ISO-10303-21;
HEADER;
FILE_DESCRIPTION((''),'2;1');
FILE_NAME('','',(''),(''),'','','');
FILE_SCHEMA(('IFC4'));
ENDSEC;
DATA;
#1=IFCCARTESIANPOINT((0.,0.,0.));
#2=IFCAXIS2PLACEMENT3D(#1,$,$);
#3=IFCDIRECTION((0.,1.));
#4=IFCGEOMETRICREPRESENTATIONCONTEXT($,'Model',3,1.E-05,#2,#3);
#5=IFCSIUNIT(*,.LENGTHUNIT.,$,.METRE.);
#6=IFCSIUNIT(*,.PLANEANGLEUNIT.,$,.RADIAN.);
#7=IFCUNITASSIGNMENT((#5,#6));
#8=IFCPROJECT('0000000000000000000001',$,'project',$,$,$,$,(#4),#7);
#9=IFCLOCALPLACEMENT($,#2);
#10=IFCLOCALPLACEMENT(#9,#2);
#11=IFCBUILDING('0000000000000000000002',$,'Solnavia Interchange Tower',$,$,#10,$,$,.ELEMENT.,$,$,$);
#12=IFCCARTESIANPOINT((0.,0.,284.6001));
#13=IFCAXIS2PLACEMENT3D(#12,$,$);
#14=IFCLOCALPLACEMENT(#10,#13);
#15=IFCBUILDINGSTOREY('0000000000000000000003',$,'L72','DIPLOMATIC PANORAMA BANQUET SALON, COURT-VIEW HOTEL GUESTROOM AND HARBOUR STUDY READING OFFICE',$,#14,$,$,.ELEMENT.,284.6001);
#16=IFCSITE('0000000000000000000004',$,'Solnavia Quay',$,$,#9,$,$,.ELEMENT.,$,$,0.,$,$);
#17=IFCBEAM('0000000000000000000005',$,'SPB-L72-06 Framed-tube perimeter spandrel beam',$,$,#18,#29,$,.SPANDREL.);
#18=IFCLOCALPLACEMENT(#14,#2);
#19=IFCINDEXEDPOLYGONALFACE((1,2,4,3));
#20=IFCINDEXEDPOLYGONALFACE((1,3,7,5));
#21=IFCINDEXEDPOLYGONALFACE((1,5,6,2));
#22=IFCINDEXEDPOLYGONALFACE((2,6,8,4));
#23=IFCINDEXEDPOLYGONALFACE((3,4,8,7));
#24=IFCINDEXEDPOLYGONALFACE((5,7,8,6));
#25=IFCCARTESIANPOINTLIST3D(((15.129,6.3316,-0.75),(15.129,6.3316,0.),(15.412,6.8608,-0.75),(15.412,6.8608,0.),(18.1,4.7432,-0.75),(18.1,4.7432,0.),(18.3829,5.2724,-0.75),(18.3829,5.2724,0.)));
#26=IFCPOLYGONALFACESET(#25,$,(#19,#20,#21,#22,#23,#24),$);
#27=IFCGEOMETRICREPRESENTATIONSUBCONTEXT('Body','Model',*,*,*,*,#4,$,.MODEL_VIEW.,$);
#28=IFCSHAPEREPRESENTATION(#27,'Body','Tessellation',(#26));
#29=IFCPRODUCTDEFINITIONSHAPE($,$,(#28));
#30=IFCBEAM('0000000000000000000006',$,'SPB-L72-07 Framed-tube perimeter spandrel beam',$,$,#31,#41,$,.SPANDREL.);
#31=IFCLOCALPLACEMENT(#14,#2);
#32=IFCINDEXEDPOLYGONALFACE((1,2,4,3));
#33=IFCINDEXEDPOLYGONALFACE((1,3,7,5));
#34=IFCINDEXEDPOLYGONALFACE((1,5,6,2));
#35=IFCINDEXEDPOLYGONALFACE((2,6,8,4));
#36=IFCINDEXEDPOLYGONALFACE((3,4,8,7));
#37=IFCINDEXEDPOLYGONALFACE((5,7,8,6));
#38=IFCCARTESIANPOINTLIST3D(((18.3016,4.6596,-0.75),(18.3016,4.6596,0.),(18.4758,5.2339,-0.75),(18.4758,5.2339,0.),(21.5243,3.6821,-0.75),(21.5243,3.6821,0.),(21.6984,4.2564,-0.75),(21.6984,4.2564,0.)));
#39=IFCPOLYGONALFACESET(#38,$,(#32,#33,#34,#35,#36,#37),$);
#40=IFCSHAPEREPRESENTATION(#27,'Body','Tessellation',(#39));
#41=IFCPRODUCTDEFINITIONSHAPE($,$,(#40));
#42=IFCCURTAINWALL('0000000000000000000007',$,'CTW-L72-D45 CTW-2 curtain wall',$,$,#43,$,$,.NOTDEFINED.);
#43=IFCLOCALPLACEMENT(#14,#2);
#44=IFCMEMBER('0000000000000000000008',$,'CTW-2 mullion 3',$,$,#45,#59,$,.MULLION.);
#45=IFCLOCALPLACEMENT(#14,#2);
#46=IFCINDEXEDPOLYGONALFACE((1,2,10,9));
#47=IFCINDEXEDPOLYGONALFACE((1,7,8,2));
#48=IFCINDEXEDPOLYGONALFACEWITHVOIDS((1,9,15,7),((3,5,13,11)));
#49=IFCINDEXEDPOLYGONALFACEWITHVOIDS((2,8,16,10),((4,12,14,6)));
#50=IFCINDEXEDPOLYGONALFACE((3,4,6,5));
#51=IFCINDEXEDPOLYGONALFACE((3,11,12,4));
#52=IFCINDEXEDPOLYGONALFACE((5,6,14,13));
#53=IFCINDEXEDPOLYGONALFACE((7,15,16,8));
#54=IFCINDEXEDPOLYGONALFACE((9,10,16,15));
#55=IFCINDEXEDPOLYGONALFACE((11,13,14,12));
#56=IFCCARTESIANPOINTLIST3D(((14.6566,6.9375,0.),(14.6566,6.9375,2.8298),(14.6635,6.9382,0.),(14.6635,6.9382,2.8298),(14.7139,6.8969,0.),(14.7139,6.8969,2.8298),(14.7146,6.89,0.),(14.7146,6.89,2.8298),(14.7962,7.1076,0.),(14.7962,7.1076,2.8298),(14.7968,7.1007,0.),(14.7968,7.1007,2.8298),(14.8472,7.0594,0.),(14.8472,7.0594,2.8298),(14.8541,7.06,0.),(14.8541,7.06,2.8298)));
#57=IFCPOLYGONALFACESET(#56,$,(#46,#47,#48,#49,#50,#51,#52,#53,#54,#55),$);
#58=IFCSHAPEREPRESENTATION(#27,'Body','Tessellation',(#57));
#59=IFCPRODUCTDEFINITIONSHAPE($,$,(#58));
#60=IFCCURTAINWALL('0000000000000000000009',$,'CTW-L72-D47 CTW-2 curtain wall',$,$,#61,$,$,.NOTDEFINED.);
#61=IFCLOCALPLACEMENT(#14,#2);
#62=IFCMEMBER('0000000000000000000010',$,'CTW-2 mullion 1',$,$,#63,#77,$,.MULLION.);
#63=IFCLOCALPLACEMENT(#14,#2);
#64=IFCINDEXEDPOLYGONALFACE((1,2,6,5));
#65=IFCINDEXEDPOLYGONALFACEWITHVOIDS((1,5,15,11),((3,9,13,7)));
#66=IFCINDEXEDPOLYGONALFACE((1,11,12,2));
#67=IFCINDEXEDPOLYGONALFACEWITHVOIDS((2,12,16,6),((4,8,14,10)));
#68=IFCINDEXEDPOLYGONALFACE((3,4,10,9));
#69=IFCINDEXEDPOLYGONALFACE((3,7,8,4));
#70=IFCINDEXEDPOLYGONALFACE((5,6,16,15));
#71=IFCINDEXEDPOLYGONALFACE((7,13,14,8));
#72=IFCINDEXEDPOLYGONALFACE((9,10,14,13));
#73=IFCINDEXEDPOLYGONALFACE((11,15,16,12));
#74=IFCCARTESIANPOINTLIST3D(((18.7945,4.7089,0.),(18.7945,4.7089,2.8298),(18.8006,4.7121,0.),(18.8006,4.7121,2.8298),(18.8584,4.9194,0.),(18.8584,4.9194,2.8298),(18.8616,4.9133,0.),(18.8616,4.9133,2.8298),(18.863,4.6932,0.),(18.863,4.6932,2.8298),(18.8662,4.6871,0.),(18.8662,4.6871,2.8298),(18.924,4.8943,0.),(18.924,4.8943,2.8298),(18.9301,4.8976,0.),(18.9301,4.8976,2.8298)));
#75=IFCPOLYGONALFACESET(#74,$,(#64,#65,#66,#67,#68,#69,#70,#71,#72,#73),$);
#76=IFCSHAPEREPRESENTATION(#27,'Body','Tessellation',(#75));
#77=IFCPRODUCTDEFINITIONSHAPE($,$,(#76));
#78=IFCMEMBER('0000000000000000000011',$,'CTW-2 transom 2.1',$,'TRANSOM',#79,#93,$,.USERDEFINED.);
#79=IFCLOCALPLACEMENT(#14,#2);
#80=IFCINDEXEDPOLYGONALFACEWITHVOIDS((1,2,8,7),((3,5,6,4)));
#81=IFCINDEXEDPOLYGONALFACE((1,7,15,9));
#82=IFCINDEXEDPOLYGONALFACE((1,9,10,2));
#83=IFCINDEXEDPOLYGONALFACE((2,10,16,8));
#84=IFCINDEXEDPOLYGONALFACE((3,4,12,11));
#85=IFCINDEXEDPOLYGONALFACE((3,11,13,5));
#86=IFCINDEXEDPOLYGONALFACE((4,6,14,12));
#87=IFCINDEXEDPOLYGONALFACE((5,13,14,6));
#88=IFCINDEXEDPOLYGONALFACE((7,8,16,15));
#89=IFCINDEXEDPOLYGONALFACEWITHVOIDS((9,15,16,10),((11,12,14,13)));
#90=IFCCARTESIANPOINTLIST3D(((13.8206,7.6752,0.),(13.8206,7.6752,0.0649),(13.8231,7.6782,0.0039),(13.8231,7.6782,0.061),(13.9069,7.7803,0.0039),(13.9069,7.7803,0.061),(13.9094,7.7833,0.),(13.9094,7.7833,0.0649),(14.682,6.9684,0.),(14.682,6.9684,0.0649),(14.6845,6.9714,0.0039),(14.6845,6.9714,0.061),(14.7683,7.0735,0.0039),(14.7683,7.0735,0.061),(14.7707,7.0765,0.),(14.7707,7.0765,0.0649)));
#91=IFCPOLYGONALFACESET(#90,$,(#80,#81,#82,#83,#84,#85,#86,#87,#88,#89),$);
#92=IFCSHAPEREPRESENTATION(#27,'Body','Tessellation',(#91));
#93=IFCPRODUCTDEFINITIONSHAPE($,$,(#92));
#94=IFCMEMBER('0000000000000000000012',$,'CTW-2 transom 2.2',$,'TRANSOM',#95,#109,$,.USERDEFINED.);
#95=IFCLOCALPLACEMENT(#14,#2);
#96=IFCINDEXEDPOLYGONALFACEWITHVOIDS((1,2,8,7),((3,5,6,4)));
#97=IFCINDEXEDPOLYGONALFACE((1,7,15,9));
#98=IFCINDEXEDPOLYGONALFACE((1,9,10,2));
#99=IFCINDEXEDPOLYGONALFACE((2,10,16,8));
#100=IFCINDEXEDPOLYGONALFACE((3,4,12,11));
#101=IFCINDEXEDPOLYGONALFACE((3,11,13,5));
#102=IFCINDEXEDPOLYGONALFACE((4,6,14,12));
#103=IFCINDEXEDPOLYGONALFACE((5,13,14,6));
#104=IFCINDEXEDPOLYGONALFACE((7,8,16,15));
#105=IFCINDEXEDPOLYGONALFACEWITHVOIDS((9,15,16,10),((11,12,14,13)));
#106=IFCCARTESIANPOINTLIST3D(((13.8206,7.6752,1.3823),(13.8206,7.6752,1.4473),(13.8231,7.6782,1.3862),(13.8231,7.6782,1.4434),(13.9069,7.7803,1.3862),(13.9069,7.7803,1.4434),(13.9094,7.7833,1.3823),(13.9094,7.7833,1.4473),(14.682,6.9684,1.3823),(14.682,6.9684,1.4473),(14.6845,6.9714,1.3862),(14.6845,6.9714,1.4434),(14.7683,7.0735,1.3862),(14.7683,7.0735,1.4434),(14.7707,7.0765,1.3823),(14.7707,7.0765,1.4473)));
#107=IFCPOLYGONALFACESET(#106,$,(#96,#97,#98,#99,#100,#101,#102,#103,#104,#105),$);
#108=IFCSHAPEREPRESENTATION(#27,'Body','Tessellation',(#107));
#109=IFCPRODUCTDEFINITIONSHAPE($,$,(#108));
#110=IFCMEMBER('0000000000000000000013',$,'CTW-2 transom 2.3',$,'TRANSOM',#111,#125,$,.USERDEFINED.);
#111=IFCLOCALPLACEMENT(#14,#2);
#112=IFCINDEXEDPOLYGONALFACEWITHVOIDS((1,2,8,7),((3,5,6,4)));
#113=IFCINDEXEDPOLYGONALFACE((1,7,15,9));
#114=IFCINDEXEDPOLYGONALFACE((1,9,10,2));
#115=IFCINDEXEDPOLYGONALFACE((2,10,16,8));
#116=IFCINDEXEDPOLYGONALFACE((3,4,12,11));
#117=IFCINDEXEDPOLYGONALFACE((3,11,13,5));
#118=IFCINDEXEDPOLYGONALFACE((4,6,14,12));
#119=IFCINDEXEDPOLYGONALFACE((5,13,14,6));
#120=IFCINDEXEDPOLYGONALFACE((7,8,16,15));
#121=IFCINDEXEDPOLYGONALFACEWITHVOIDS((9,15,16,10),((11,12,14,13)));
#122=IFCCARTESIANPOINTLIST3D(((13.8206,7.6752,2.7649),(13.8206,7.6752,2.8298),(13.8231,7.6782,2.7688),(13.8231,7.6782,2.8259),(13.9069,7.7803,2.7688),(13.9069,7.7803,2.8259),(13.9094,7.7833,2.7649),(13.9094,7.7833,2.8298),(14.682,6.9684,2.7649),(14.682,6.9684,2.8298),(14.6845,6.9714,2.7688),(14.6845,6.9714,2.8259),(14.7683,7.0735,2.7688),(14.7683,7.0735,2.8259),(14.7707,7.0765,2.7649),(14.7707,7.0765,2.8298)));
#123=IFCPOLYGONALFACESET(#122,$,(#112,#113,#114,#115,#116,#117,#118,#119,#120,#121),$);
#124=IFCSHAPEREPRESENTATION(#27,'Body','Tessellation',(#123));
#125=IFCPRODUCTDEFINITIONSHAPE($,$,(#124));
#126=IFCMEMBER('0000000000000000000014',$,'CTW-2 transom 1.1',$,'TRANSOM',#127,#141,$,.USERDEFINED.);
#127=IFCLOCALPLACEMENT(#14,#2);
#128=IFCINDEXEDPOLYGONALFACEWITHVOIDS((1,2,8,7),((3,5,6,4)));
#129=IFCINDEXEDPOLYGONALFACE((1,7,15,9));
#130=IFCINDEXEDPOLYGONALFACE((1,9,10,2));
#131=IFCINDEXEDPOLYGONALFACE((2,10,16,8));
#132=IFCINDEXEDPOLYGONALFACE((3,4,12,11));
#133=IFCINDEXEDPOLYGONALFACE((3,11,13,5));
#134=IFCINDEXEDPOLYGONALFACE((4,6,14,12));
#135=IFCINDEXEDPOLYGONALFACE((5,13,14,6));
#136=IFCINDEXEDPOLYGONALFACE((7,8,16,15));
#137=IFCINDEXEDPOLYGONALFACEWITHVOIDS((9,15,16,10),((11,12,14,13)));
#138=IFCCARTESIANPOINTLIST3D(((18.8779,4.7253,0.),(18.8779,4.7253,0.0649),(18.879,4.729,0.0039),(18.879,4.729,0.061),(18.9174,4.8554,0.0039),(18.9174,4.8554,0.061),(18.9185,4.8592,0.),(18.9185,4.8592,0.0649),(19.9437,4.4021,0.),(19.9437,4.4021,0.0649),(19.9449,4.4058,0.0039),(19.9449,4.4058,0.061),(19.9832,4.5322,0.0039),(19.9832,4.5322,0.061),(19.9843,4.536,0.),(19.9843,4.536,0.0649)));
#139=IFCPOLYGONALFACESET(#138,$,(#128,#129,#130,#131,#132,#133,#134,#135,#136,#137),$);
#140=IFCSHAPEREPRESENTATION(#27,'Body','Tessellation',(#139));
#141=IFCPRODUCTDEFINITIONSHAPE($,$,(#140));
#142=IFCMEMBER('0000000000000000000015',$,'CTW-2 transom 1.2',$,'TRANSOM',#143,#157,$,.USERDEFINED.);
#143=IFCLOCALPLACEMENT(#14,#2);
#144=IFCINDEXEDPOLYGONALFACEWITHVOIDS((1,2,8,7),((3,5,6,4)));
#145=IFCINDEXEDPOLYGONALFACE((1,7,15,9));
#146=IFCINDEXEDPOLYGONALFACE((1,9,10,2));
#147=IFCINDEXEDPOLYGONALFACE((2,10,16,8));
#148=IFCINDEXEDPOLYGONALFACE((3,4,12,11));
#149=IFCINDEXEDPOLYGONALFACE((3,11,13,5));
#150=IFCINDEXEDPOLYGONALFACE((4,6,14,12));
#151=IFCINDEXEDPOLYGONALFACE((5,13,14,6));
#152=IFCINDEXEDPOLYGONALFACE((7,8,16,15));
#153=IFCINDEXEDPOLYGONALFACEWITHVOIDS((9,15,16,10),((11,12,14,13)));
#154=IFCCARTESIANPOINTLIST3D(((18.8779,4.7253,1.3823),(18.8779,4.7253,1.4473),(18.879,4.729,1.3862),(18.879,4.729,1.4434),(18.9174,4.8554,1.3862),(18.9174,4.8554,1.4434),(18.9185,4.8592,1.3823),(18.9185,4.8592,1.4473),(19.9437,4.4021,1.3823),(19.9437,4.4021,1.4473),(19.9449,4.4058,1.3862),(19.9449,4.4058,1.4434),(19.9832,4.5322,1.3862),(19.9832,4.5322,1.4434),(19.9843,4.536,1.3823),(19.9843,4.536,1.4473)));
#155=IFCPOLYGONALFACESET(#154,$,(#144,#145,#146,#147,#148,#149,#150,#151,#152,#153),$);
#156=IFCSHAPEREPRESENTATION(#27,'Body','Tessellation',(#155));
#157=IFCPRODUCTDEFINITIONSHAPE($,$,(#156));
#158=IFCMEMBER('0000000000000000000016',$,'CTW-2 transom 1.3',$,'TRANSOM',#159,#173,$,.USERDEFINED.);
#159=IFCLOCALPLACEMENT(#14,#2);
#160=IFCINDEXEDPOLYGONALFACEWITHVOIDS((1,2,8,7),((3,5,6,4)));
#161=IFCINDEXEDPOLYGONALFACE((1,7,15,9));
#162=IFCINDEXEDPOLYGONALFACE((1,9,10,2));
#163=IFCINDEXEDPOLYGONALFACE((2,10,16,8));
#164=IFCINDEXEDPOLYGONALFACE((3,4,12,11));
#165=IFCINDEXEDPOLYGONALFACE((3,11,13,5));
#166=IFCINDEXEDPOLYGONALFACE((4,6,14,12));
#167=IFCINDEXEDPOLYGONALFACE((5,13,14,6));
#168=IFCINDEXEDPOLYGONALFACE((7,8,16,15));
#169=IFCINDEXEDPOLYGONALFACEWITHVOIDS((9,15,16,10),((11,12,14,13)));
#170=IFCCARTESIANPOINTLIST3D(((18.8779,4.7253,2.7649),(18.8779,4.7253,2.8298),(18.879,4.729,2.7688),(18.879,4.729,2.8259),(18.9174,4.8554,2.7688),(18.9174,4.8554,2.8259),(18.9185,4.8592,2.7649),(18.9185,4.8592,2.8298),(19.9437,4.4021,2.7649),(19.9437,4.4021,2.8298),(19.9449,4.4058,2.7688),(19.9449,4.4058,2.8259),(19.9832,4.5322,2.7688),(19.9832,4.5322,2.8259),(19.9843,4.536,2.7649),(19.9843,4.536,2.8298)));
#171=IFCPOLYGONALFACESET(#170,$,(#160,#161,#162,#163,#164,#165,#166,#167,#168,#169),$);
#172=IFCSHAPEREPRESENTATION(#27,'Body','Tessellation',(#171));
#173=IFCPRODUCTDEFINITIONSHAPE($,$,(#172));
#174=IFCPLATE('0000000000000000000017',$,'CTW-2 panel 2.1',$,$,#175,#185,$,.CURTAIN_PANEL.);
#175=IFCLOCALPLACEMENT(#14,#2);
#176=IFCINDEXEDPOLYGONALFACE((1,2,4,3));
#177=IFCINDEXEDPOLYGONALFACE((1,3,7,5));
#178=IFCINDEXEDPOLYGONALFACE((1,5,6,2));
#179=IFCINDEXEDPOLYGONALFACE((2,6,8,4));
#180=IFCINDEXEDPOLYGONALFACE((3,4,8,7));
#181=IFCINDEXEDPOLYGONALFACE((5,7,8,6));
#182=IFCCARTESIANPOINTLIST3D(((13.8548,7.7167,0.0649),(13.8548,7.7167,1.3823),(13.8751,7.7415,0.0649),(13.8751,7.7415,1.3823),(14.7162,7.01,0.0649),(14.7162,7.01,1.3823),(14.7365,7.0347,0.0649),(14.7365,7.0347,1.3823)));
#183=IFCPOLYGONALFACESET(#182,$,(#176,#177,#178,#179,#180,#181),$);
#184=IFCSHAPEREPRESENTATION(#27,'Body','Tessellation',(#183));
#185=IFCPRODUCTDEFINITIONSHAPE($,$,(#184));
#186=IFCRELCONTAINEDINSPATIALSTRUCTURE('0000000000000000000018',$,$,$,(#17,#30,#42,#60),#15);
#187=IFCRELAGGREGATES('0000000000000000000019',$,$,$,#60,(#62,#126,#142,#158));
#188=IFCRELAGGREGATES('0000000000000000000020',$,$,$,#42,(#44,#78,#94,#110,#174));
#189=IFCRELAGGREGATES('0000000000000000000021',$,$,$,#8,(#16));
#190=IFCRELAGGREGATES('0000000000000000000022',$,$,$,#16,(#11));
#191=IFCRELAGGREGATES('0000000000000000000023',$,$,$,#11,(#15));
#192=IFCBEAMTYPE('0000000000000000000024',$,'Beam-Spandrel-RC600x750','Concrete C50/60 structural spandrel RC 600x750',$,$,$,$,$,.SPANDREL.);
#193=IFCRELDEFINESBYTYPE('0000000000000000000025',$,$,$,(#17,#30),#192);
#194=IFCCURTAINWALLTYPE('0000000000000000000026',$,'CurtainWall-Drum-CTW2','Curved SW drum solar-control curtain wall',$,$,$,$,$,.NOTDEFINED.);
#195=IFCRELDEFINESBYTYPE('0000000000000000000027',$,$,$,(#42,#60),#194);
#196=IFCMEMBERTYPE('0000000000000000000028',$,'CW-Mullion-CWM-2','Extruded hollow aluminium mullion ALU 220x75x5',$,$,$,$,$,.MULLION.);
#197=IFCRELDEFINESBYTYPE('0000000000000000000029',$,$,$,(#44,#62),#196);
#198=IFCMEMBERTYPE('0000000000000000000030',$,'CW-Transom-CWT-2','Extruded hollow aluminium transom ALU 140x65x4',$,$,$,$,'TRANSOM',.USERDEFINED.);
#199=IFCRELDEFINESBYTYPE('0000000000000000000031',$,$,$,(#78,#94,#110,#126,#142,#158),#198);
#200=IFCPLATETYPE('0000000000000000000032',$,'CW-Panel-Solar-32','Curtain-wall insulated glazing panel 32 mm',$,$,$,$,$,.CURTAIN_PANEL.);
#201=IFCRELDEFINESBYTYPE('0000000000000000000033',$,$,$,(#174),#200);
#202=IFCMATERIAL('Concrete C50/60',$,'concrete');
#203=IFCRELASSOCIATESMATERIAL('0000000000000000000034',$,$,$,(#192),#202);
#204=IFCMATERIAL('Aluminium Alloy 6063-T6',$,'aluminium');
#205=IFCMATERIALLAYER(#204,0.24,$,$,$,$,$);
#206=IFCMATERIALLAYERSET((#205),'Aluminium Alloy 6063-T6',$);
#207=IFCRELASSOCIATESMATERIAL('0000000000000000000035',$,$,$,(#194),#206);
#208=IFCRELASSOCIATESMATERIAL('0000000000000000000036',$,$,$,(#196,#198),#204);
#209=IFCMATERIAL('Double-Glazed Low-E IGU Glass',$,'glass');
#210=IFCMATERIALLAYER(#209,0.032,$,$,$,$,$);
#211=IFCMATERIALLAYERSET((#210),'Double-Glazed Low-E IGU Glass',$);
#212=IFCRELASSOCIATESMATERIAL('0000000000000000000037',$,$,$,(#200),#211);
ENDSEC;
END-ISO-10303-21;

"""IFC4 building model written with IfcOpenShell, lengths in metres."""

from ifc_helpers import new_model, si_unit, direction, frame, origin, origin_2d, place, context, subcontext, project, spatial, rectangle, hollow_rectangle, extrude, material, layer, layer_set, material_profile, profile_set, type_object, element, aggregate, save


model = new_model("IFC4")

# Units and contexts
model_context = context("Model", 3, precision=1e-05, world=origin(), true_north=direction((0.0, 1.0)))
body_context = subcontext(model_context, "Body", "Model", "MODEL_VIEW")
ifc_project = project(units=[si_unit("LENGTHUNIT", "METRE"), si_unit("PLANEANGLEUNIT", "RADIAN")], contexts=[model_context])

# Site, building, storey
site_placement = place(None, origin())
site = spatial("IfcSite", under=ifc_project, at=site_placement, Name="Solnavia Quay", CompositionType="ELEMENT", RefElevation=0.0)
building_placement = place(site_placement, origin())
building = spatial("IfcBuilding", under=site, at=building_placement, Name="Solnavia Interchange Tower", CompositionType="ELEMENT")
storey_placement = place(building_placement, frame((0.0, 0.0, 284.6001)))
storey = spatial("IfcBuildingStorey", under=building, at=storey_placement, Name="L72", Description="DIPLOMATIC PANORAMA BANQUET SALON, COURT-VIEW HOTEL GUESTROOM AND HARBOUR STUDY READING OFFICE", CompositionType="ELEMENT", Elevation=284.6001)

# Shared definitions
ifc_material_1 = material(Name="Concrete C50/60", Category="concrete")

# Beams
ifc_material_profile_1 = material_profile(ifc_material_1, rectangle(XDim=0.6001, YDim=0.75, at=origin_2d()), Name="RC 600x750")
ifc_profile_set_1 = profile_set([ifc_material_profile_1], Name="Concrete C50/60")
beam_type_1 = type_object("IfcBeamType", Name="Beam-Spandrel-RC600x750", Description="Concrete C50/60 structural spandrel RC 600x750", PredefinedType="SPANDREL", material=ifc_profile_set_1)
beam_1_placement = place(storey_placement, frame((15.2705, 6.5962, -0.375), z_axis=(0.881875, -0.471483, 0.0), x_axis=(0.471483, 0.881875, 0.0)))
element("IfcBeam", 1, at=beam_1_placement, inside=storey, type_object=beam_type_1, Name="SPB-L72-06 Framed-tube perimeter spandrel beam", PredefinedType="SPANDREL", context=body_context, shape_type="SweptSolid", body=[
    extrude(rectangle(XDim=0.6001, YDim=0.75, at=origin_2d()), origin(), (0.0, 0.0, 1.0), 3.3689),
])
beam_2_placement = place(storey_placement, frame((18.3887, 4.9468, -0.375), z_axis=(0.956944, -0.290273, 0.0), x_axis=(0.290273, 0.956944, 0.0)))
element("IfcBeam", 2, at=beam_2_placement, inside=storey, type_object=beam_type_1, Name="SPB-L72-07 Framed-tube perimeter spandrel beam", PredefinedType="SPANDREL", context=body_context, shape_type="SweptSolid", body=[
    extrude(rectangle(XDim=0.6001, YDim=0.75, at=origin_2d()), origin(), (0.0, 0.0, 1.0), 3.3677),
])

# Curtain walls, members
ifc_material_2 = material(Name="Aluminium Alloy 6063-T6", Category="aluminium")
ifc_layer_1 = layer(ifc_material_2, 0.24)
ifc_layer_set_1 = layer_set([ifc_layer_1], Name="Aluminium Alloy 6063-T6")
curtain_wall_type = type_object("IfcCurtainWallType", Name="CurtainWall-Drum-CTW2", Description="Curved SW drum solar-control curtain wall", PredefinedType="NOTDEFINED", material=ifc_layer_set_1)
curtain_wall_1_placement = place(storey_placement, origin())
curtain_wall_1 = element("IfcCurtainWall", 3, at=curtain_wall_1_placement, inside=storey, type_object=curtain_wall_type, Name="CTW-L72-D45 CTW-2 curtain wall", PredefinedType="NOTDEFINED")
ifc_material_profile_2 = material_profile(ifc_material_2, hollow_rectangle(XDim=0.075, YDim=0.22, WallThickness=0.0049, at=origin_2d()), Name="ALU 220x75x5")
ifc_profile_set_2 = profile_set([ifc_material_profile_2], Name="Aluminium Alloy 6063-T6")
member_type_1 = type_object("IfcMemberType", Name="CW-Mullion-CWM-2", Description="Extruded hollow aluminium mullion ALU 220x75x5", PredefinedType="MULLION", material=ifc_profile_set_2)
member_1_placement = place(storey_placement, frame((14.7554, 6.9988, 0.0), z_axis=(0.0, 0.0, 1.0), x_axis=(0.773103, -0.63428, 0.0)))
member_1 = element("IfcMember", 4, at=member_1_placement, type_object=member_type_1, Name="CTW-2 mullion 3", PredefinedType="MULLION", context=body_context, shape_type="SweptSolid", body=[
    extrude(hollow_rectangle(XDim=0.075, YDim=0.22, WallThickness=0.0049, at=origin_2d()), origin(), (0.0, 0.0, 1.0), 2.8298),
])
curtain_wall_2_placement = place(storey_placement, origin())
curtain_wall_2 = element("IfcCurtainWall", 5, at=curtain_wall_2_placement, inside=storey, type_object=curtain_wall_type, Name="CTW-L72-D47 CTW-2 curtain wall", PredefinedType="NOTDEFINED")
member_2_placement = place(storey_placement, frame((18.8623, 4.8032, 0.0), z_axis=(0.0, 0.0, 1.0), x_axis=(0.956942, -0.290279, 0.0)))
member_2 = element("IfcMember", 6, at=member_2_placement, type_object=member_type_1, Name="CTW-2 mullion 1", PredefinedType="MULLION", context=body_context, shape_type="SweptSolid", body=[
    extrude(hollow_rectangle(XDim=0.075, YDim=0.22, WallThickness=0.0049, at=origin_2d()), origin(), (0.0, 0.0, 1.0), 2.8298),
])

# Members
ifc_material_profile_3 = material_profile(ifc_material_2, hollow_rectangle(XDim=0.0649, YDim=0.1399, WallThickness=0.0039, at=origin_2d()), Name="ALU 140x65x4")
ifc_profile_set_3 = profile_set([ifc_material_profile_3], Name="Aluminium Alloy 6063-T6")
member_type_2 = type_object("IfcMemberType", Name="CW-Transom-CWT-2", Description="Extruded hollow aluminium transom ALU 140x65x4", ElementType="TRANSOM", PredefinedType="USERDEFINED", material=ifc_profile_set_3)
member_3_placement = place(storey_placement, frame((13.865, 7.7292, 0.0325), z_axis=(0.773049, -0.634347, 0.0), x_axis=(0.0, 0.0, 1.0)))
member_3 = element("IfcMember", 7, at=member_3_placement, type_object=member_type_2, Name="CTW-2 transom 2.1", ObjectType="TRANSOM", PredefinedType="USERDEFINED", context=body_context, shape_type="SweptSolid", body=[
    extrude(hollow_rectangle(XDim=0.0649, YDim=0.1399, WallThickness=0.0039, at=origin_2d()), origin(), (0.0, 0.0, 1.0), 1.1143),
])
member_4_placement = place(storey_placement, frame((13.865, 7.7292, 1.4148), z_axis=(0.773049, -0.634347, 0.0), x_axis=(0.0, 0.0, 1.0)))
member_4 = element("IfcMember", 8, at=member_4_placement, type_object=member_type_2, Name="CTW-2 transom 2.2", ObjectType="TRANSOM", PredefinedType="USERDEFINED", context=body_context, shape_type="SweptSolid", body=[
    extrude(hollow_rectangle(XDim=0.0649, YDim=0.1399, WallThickness=0.0039, at=origin_2d()), origin(), (0.0, 0.0, 1.0), 1.1143),
])
member_5_placement = place(storey_placement, frame((13.865, 7.7292, 2.7974), z_axis=(0.773049, -0.634347, 0.0), x_axis=(0.0, 0.0, 1.0)))
member_5 = element("IfcMember", 9, at=member_5_placement, type_object=member_type_2, Name="CTW-2 transom 2.3", ObjectType="TRANSOM", PredefinedType="USERDEFINED", context=body_context, shape_type="SweptSolid", body=[
    extrude(hollow_rectangle(XDim=0.0649, YDim=0.1399, WallThickness=0.0039, at=origin_2d()), origin(), (0.0, 0.0, 1.0), 1.1143),
])
member_6_placement = place(storey_placement, frame((18.8982, 4.7922, 0.0325), z_axis=(0.956965, -0.290202, 0.0), x_axis=(0.0, 0.0, 1.0)))
member_6 = element("IfcMember", 10, at=member_6_placement, type_object=member_type_2, Name="CTW-2 transom 1.1", ObjectType="TRANSOM", PredefinedType="USERDEFINED", context=body_context, shape_type="SweptSolid", body=[
    extrude(hollow_rectangle(XDim=0.0649, YDim=0.1399, WallThickness=0.0039, at=origin_2d()), origin(), (0.0, 0.0, 1.0), 1.1138),
])
member_7_placement = place(storey_placement, frame((18.8982, 4.7922, 1.4148), z_axis=(0.956965, -0.290202, 0.0), x_axis=(0.0, 0.0, 1.0)))
member_7 = element("IfcMember", 11, at=member_7_placement, type_object=member_type_2, Name="CTW-2 transom 1.2", ObjectType="TRANSOM", PredefinedType="USERDEFINED", context=body_context, shape_type="SweptSolid", body=[
    extrude(hollow_rectangle(XDim=0.0649, YDim=0.1399, WallThickness=0.0039, at=origin_2d()), origin(), (0.0, 0.0, 1.0), 1.1138),
])
member_8_placement = place(storey_placement, frame((18.8982, 4.7922, 2.7974), z_axis=(0.956965, -0.290202, 0.0), x_axis=(0.0, 0.0, 1.0)))
member_8 = element("IfcMember", 12, at=member_8_placement, type_object=member_type_2, Name="CTW-2 transom 1.3", ObjectType="TRANSOM", PredefinedType="USERDEFINED", context=body_context, shape_type="SweptSolid", body=[
    extrude(hollow_rectangle(XDim=0.0649, YDim=0.1399, WallThickness=0.0039, at=origin_2d()), origin(), (0.0, 0.0, 1.0), 1.1138),
])
aggregate(curtain_wall_2, [member_2, member_6, member_7, member_8])

# Plate
ifc_material_3 = material(Name="Double-Glazed Low-E IGU Glass", Category="glass")
ifc_layer_2 = layer(ifc_material_3, 0.032)
ifc_layer_set_2 = layer_set([ifc_layer_2], Name="Double-Glazed Low-E IGU Glass")
plate_type = type_object("IfcPlateType", Name="CW-Panel-Solar-32", Description="Curtain-wall insulated glazing panel 32 mm", PredefinedType="CURTAIN_PANEL", material=ifc_layer_set_2)
plate_1_placement = place(storey_placement, frame((14.2957, 7.3757, 0.0649), z_axis=(0.0, 0.0, 1.0), x_axis=(0.773103, -0.63428, 0.0)))
plate_1 = element("IfcPlate", 13, at=plate_1_placement, type_object=plate_type, Name="CTW-2 panel 2.1", PredefinedType="CURTAIN_PANEL", context=body_context, shape_type="SweptSolid", body=[
    extrude(rectangle(XDim=1.1143, YDim=0.032, at=origin_2d()), origin(), (0.0, 0.0, 1.0), 1.3174),
])
aggregate(curtain_wall_1, [member_1, member_3, member_4, member_5, plate_1])

save(model, "model.ifc")
